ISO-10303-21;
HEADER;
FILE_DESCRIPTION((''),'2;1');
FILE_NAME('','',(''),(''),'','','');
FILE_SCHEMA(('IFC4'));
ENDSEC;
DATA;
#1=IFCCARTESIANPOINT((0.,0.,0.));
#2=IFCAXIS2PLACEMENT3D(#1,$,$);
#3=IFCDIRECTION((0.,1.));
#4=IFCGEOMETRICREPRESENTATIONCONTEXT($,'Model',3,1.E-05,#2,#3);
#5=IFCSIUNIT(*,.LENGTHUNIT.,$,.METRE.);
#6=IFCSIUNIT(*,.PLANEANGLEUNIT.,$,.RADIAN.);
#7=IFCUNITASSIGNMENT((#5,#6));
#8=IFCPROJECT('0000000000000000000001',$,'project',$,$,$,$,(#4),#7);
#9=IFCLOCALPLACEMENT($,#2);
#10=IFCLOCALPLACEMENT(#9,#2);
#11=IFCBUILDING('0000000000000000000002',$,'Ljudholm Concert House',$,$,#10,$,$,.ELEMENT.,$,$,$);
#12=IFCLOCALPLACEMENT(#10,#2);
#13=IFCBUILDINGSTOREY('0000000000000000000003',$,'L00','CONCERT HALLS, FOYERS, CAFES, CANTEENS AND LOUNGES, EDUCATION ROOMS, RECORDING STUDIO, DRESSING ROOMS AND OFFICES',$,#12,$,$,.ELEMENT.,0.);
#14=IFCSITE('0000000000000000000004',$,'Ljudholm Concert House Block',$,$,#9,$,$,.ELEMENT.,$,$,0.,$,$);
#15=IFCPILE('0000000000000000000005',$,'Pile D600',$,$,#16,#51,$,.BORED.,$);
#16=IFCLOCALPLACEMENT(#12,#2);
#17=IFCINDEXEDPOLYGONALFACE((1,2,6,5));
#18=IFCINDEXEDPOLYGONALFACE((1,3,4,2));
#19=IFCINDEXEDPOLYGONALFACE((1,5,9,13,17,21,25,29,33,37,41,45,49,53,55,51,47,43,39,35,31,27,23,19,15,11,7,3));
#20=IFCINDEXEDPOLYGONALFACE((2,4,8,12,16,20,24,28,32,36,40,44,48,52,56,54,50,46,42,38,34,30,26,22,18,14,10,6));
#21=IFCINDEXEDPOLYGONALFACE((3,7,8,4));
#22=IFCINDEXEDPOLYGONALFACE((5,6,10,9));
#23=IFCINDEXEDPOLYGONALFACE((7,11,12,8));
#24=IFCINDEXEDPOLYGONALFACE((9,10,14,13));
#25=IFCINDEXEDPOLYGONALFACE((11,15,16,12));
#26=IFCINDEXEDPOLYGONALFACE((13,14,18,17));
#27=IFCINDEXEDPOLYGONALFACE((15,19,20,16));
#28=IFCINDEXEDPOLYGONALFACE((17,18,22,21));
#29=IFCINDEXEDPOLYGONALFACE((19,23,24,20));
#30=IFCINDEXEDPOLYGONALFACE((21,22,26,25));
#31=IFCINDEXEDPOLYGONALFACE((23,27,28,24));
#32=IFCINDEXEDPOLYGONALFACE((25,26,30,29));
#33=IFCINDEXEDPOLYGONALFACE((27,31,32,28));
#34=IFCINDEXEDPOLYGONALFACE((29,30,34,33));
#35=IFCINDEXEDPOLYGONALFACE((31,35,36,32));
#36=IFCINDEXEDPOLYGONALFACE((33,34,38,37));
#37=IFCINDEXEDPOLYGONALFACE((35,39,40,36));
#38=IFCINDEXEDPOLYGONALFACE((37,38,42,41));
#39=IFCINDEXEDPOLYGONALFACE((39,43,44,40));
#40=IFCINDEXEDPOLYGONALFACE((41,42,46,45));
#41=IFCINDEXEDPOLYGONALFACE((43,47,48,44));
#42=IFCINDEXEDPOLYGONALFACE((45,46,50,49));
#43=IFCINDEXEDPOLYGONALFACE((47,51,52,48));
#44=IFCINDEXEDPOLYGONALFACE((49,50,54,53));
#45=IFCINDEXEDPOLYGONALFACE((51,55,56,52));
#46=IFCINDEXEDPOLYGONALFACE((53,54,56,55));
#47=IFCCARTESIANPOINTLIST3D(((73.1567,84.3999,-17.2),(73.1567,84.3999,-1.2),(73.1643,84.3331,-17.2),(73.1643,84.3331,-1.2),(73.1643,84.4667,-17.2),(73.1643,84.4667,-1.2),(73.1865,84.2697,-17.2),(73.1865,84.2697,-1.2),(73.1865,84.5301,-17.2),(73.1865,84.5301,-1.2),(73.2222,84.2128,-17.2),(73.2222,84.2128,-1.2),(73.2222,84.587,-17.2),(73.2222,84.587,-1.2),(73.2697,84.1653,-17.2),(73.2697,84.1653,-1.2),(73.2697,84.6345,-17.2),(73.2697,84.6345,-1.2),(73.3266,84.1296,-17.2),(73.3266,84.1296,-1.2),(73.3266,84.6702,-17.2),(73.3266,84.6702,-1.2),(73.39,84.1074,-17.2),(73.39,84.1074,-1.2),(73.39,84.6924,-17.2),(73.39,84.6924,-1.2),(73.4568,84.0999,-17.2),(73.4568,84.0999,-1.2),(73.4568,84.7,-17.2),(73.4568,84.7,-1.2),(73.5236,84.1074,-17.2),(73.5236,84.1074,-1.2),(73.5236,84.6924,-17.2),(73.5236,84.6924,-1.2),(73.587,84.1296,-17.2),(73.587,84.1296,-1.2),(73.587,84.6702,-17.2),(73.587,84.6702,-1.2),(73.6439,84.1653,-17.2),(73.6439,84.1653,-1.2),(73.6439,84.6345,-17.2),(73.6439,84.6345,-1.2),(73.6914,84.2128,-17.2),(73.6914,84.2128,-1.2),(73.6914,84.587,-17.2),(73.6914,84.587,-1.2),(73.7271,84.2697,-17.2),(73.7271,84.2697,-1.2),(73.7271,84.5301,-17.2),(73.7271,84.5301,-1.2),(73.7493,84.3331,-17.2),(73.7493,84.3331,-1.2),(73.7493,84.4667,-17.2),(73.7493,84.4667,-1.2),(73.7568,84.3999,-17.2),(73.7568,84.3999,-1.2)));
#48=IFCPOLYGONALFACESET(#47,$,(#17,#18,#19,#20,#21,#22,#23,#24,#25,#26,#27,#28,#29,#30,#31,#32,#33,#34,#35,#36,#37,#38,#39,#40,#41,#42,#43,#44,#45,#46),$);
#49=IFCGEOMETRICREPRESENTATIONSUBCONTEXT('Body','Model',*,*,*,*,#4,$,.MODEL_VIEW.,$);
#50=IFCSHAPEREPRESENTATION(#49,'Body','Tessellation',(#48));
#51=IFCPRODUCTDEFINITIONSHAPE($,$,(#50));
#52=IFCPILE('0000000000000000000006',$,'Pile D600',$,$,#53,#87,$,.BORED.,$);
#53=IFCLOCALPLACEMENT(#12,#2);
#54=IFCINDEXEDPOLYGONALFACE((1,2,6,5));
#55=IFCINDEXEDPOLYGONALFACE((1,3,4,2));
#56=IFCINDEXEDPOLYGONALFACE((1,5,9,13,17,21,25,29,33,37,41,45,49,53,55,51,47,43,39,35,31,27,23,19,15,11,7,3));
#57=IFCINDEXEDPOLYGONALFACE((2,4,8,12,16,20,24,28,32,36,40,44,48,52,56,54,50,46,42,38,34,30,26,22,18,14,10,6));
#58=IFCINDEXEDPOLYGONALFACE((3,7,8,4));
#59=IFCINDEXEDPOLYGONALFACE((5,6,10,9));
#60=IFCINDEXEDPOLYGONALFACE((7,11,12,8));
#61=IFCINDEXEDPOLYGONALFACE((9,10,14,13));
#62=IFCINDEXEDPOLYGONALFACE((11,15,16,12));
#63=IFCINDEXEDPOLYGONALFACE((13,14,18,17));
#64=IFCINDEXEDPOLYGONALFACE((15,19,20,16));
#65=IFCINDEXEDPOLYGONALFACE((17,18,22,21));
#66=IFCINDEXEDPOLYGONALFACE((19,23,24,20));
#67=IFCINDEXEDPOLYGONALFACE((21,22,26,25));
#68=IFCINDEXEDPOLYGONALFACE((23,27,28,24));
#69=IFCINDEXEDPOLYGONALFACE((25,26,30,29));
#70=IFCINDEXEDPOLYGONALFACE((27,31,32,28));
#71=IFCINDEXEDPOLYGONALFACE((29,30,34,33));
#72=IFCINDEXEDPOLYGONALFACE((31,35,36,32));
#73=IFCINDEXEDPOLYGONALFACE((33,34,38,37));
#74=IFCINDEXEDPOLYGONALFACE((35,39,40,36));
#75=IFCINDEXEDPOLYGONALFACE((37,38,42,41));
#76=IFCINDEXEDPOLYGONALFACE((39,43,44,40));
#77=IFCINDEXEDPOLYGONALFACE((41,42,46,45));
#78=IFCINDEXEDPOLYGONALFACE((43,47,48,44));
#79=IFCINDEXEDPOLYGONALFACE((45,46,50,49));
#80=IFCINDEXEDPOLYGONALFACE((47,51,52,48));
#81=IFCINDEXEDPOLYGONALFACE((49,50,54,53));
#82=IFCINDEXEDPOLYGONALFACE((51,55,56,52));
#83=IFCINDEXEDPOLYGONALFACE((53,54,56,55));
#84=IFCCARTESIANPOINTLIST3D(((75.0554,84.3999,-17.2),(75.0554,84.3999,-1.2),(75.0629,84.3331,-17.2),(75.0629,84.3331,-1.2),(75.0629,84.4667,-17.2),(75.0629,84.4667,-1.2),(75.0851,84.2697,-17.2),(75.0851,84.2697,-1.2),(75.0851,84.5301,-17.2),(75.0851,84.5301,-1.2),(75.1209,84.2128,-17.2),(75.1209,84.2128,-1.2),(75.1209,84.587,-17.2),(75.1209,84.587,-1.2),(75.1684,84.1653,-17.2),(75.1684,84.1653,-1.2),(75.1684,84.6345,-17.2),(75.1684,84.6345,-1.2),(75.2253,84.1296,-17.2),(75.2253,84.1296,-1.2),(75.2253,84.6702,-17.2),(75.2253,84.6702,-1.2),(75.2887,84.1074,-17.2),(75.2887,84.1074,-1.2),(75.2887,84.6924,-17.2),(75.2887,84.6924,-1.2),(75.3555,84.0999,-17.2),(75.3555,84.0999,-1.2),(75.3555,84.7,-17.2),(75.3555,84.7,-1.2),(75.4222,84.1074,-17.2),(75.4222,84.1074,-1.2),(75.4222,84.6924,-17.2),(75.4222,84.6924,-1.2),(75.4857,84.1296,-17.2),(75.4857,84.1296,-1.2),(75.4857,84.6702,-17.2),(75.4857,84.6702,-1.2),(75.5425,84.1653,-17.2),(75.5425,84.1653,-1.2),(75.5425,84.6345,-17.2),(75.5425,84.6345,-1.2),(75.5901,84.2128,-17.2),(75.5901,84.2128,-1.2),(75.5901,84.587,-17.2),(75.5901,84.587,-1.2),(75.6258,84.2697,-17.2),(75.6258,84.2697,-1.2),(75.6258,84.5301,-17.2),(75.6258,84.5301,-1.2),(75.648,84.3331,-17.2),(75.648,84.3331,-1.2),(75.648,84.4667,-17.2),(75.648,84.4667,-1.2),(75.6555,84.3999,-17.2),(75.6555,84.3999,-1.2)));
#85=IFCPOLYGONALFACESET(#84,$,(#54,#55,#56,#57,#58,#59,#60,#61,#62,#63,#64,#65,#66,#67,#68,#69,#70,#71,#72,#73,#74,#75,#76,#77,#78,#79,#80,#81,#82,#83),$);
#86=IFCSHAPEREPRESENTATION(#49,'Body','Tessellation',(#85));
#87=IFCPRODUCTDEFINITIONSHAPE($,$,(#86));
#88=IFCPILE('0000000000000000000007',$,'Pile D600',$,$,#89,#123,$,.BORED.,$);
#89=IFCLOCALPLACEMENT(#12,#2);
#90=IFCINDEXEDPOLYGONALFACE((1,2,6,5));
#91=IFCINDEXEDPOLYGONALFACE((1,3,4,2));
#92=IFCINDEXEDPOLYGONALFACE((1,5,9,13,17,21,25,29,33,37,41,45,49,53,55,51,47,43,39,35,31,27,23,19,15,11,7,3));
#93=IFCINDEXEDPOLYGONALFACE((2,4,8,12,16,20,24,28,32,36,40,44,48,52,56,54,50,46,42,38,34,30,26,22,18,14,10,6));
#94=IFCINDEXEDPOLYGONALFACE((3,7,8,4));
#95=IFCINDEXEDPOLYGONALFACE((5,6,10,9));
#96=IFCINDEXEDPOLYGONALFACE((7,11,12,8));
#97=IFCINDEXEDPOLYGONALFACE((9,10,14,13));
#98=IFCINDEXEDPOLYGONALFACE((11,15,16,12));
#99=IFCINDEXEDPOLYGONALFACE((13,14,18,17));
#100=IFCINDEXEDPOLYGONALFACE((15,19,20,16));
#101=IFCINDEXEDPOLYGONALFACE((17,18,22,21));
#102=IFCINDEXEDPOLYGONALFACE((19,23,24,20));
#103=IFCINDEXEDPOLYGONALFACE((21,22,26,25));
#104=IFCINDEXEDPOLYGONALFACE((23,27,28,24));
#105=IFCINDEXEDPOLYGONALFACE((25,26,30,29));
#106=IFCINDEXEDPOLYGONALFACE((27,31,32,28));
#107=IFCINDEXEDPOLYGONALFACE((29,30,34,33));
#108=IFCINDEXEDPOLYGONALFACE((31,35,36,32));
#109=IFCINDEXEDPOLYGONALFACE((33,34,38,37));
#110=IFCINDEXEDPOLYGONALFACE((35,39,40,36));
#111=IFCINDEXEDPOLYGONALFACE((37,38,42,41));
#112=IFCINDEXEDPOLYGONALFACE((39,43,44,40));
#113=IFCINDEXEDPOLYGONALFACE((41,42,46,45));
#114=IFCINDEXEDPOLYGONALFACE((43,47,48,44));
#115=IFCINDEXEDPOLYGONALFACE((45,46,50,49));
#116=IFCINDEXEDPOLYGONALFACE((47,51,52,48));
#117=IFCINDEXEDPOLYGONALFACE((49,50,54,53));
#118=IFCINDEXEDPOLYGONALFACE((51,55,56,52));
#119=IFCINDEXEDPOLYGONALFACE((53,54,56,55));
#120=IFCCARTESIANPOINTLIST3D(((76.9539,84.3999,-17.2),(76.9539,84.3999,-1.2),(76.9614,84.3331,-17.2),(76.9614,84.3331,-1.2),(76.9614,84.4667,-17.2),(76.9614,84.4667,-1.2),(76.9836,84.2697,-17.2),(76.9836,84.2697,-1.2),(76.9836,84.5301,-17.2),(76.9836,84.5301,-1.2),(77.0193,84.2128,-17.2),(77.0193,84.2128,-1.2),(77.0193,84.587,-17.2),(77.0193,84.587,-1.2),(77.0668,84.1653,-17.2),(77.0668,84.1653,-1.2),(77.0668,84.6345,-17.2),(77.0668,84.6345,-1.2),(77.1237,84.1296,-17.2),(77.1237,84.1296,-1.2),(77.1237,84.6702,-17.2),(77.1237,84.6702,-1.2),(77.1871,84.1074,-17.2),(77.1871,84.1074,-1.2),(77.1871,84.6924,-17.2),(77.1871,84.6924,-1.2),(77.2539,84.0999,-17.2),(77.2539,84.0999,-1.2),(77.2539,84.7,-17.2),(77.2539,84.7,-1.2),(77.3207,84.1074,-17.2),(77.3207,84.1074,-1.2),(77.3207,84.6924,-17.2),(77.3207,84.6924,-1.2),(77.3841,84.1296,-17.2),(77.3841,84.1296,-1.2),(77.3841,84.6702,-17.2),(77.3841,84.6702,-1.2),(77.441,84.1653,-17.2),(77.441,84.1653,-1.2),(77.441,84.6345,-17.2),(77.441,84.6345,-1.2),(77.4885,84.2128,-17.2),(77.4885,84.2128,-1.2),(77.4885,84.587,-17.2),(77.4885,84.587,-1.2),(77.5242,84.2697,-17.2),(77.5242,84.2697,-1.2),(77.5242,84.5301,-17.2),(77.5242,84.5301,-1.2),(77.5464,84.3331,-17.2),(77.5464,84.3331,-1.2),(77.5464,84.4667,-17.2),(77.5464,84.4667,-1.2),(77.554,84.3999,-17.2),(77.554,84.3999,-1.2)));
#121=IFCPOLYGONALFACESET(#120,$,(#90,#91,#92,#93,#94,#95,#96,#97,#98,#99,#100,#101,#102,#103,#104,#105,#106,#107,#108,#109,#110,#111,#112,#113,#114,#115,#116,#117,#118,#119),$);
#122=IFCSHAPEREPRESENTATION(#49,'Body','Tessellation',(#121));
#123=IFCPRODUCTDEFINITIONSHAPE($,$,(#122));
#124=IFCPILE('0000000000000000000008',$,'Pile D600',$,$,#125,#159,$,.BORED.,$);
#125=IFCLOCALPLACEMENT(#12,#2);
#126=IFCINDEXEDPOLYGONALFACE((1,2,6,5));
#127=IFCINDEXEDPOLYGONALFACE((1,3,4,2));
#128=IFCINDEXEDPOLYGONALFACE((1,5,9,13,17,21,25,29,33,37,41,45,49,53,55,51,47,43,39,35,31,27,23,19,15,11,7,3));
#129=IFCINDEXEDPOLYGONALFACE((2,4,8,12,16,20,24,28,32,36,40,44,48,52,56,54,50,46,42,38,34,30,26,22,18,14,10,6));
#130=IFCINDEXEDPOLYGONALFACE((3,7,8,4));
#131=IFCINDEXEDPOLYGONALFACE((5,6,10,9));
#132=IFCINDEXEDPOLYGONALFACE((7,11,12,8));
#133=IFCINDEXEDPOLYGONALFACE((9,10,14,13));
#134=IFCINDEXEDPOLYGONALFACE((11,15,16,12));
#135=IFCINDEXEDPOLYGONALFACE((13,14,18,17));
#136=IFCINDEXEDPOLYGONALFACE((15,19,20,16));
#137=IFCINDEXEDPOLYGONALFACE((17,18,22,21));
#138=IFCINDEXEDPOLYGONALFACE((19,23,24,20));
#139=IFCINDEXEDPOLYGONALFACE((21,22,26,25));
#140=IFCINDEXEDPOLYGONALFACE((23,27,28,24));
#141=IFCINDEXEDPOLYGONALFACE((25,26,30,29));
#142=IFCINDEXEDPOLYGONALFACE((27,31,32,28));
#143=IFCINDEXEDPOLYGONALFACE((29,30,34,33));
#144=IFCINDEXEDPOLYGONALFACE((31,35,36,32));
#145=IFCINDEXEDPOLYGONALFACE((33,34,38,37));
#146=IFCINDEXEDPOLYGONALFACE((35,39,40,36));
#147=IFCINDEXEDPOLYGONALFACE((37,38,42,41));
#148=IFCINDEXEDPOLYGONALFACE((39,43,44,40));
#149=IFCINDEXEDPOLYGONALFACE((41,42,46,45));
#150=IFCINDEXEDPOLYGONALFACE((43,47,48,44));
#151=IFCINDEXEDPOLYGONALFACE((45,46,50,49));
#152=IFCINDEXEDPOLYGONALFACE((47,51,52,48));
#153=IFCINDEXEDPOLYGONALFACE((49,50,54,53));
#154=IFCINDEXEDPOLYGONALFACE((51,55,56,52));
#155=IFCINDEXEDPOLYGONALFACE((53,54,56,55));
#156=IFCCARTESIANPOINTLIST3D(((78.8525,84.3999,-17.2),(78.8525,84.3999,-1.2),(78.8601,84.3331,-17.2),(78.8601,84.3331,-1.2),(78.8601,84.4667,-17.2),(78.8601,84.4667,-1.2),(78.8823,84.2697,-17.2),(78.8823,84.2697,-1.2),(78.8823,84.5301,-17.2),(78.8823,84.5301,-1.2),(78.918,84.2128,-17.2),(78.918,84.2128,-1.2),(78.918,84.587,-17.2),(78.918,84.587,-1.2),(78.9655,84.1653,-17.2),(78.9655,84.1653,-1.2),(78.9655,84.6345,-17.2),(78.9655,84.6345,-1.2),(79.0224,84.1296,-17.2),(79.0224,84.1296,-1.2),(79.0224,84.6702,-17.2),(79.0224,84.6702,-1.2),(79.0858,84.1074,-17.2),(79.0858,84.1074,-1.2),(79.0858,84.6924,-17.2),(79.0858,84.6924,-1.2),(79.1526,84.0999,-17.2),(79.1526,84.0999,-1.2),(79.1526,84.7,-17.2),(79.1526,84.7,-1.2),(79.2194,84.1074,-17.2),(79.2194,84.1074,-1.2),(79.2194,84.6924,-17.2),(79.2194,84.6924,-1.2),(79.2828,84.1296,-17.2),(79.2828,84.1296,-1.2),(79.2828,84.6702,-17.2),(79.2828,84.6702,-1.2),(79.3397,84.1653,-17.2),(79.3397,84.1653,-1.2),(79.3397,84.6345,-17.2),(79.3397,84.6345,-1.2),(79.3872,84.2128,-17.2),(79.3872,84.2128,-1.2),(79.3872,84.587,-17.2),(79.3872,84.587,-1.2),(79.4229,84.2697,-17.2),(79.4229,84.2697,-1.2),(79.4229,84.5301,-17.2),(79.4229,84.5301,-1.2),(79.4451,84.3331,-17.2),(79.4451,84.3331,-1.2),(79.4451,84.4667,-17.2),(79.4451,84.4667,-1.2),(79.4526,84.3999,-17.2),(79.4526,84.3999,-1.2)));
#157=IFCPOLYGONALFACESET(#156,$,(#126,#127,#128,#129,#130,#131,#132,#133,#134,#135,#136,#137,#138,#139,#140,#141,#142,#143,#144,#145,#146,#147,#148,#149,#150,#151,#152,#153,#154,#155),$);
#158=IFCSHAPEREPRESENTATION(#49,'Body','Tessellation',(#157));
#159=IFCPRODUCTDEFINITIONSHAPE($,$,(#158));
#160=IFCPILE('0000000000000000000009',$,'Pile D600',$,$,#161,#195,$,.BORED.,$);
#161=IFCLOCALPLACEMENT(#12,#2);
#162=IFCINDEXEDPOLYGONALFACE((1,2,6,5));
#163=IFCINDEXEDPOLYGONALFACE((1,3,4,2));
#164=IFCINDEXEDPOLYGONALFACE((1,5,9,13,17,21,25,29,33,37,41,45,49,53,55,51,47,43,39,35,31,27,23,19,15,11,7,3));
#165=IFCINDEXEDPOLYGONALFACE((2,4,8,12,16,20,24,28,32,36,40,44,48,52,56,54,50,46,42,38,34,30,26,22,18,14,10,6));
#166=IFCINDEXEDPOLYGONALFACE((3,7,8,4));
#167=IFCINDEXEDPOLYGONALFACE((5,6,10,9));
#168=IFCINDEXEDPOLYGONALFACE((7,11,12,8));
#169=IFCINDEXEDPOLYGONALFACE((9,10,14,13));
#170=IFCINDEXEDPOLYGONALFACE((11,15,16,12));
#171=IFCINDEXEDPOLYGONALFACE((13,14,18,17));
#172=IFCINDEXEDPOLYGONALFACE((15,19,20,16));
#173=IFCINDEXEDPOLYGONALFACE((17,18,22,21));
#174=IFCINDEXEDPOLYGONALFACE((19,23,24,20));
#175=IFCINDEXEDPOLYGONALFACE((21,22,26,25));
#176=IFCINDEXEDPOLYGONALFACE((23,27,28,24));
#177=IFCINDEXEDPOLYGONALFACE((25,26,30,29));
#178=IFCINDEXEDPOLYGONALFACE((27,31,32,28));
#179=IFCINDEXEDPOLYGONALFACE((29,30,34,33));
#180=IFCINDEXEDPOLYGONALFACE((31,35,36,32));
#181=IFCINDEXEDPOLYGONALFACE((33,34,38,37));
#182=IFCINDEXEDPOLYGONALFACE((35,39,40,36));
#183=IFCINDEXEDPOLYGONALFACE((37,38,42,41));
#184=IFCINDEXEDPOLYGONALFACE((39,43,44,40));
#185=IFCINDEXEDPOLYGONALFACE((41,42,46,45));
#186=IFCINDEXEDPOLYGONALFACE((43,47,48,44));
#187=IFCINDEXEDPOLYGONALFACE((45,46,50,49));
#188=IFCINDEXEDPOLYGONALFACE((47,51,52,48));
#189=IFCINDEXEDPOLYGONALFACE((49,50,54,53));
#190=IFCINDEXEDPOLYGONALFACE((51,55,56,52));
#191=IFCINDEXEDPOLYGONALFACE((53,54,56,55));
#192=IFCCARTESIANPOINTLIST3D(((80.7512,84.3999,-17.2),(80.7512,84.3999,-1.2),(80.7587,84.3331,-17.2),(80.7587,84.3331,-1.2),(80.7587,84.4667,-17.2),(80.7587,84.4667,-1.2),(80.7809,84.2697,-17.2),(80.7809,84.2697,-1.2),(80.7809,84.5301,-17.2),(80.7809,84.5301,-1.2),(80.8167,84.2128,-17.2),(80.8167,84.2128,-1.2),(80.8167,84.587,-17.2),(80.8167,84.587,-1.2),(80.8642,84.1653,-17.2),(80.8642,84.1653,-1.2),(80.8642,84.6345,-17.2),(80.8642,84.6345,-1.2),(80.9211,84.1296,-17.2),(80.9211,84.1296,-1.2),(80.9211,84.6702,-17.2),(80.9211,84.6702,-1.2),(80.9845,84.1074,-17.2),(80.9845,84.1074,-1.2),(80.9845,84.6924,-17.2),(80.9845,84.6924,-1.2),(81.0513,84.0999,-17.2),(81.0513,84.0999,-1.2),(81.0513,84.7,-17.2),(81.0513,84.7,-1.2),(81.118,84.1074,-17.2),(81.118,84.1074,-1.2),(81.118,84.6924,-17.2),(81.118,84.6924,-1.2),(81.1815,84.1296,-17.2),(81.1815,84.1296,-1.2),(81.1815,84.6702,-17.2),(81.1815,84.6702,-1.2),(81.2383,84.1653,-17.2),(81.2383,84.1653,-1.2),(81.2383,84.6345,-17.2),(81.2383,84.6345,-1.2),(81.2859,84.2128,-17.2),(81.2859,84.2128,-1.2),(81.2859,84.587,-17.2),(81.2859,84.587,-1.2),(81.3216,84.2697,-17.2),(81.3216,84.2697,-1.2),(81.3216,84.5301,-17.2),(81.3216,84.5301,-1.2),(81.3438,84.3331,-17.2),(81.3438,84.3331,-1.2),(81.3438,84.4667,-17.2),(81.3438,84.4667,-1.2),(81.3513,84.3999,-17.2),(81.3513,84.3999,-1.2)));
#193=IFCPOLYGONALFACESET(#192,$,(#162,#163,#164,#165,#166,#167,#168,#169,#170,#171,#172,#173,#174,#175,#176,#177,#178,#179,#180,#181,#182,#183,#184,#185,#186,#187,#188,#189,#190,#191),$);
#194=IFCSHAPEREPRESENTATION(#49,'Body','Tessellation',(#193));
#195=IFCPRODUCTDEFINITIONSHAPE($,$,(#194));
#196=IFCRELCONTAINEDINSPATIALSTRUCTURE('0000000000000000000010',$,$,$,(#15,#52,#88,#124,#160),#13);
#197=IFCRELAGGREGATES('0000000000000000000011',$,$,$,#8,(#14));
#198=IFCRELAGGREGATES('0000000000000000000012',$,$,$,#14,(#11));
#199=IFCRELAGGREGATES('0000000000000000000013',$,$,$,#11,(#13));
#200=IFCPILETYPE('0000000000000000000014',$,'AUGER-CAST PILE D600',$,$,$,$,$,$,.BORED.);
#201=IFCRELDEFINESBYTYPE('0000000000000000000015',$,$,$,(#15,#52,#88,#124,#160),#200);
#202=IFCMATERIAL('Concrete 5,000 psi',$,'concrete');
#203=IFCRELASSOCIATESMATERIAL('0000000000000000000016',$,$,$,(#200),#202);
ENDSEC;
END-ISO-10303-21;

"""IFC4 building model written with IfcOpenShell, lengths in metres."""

from ifc_helpers import new_model, si_unit, direction, frame, origin, origin_2d, place, context, subcontext, project, spatial, circle, extrude, material, material_profile, profile_set, type_object, element, save


model = new_model("IFC4")

# Units and contexts
model_context = context("Model", 3, precision=1e-05, world=origin(), true_north=direction((0.0, 1.0)))
body_context = subcontext(model_context, "Body", "Model", "MODEL_VIEW")
ifc_project = project(units=[si_unit("LENGTHUNIT", "METRE"), si_unit("PLANEANGLEUNIT", "RADIAN")], contexts=[model_context])

# Site, building, storey
site_placement = place(None, origin())
site = spatial("IfcSite", under=ifc_project, at=site_placement, Name="Ljudholm Concert House Block", CompositionType="ELEMENT", RefElevation=0.0)
building_placement = place(site_placement, origin())
building = spatial("IfcBuilding", under=site, at=building_placement, Name="Ljudholm Concert House", CompositionType="ELEMENT")
storey_placement = place(building_placement, origin())
storey = spatial("IfcBuildingStorey", under=building, at=storey_placement, Name="L00", Description="CONCERT HALLS, FOYERS, CAFES, CANTEENS AND LOUNGES, EDUCATION ROOMS, RECORDING STUDIO, DRESSING ROOMS AND OFFICES", CompositionType="ELEMENT", Elevation=0.0)

# Piles
ifc_material_1 = material(Name="Concrete 5,000 psi", Category="concrete")
ifc_material_profile = material_profile(ifc_material_1, circle(Radius=0.3, at=origin_2d()), Name="AUGER-CAST PILE D600")
ifc_profile_set = profile_set([ifc_material_profile], Name="Concrete 5,000 psi")
pile_type = type_object("IfcPileType", Name="AUGER-CAST PILE D600", PredefinedType="BORED", material=ifc_profile_set)
for number, where, z_axis, x_axis, name in (
    (1, (73.4568, 84.3999, -1.2), (0.0, 0.0, -1.0), (1.0, 0.0, 0.0), "Pile D600"),
    (2, (75.3555, 84.3999, -1.2), (0.0, 0.0, -1.0), (1.0, 0.0, 0.0), "Pile D600"),
    (3, (77.2539, 84.3999, -1.2), (0.0, 0.0, -1.0), (1.0, 0.0, 0.0), "Pile D600"),
    (4, (79.1526, 84.3999, -1.2), (0.0, 0.0, -1.0), (1.0, 0.0, 0.0), "Pile D600"),
    (5, (81.0513, 84.3999, -1.2), (0.0, 0.0, -1.0), (1.0, 0.0, 0.0), "Pile D600"),
):
    element("IfcPile", number, at=place(storey_placement, frame(where, z_axis=z_axis, x_axis=x_axis)), inside=storey, type_object=pile_type, Name=name, PredefinedType="BORED", context=body_context, shape_type="SweptSolid", body=[
        extrude(circle(Radius=0.3, at=origin_2d()), origin(), (0.0, 0.0, 1.0), 16.0),
    ])

save(model, "model.ifc")
